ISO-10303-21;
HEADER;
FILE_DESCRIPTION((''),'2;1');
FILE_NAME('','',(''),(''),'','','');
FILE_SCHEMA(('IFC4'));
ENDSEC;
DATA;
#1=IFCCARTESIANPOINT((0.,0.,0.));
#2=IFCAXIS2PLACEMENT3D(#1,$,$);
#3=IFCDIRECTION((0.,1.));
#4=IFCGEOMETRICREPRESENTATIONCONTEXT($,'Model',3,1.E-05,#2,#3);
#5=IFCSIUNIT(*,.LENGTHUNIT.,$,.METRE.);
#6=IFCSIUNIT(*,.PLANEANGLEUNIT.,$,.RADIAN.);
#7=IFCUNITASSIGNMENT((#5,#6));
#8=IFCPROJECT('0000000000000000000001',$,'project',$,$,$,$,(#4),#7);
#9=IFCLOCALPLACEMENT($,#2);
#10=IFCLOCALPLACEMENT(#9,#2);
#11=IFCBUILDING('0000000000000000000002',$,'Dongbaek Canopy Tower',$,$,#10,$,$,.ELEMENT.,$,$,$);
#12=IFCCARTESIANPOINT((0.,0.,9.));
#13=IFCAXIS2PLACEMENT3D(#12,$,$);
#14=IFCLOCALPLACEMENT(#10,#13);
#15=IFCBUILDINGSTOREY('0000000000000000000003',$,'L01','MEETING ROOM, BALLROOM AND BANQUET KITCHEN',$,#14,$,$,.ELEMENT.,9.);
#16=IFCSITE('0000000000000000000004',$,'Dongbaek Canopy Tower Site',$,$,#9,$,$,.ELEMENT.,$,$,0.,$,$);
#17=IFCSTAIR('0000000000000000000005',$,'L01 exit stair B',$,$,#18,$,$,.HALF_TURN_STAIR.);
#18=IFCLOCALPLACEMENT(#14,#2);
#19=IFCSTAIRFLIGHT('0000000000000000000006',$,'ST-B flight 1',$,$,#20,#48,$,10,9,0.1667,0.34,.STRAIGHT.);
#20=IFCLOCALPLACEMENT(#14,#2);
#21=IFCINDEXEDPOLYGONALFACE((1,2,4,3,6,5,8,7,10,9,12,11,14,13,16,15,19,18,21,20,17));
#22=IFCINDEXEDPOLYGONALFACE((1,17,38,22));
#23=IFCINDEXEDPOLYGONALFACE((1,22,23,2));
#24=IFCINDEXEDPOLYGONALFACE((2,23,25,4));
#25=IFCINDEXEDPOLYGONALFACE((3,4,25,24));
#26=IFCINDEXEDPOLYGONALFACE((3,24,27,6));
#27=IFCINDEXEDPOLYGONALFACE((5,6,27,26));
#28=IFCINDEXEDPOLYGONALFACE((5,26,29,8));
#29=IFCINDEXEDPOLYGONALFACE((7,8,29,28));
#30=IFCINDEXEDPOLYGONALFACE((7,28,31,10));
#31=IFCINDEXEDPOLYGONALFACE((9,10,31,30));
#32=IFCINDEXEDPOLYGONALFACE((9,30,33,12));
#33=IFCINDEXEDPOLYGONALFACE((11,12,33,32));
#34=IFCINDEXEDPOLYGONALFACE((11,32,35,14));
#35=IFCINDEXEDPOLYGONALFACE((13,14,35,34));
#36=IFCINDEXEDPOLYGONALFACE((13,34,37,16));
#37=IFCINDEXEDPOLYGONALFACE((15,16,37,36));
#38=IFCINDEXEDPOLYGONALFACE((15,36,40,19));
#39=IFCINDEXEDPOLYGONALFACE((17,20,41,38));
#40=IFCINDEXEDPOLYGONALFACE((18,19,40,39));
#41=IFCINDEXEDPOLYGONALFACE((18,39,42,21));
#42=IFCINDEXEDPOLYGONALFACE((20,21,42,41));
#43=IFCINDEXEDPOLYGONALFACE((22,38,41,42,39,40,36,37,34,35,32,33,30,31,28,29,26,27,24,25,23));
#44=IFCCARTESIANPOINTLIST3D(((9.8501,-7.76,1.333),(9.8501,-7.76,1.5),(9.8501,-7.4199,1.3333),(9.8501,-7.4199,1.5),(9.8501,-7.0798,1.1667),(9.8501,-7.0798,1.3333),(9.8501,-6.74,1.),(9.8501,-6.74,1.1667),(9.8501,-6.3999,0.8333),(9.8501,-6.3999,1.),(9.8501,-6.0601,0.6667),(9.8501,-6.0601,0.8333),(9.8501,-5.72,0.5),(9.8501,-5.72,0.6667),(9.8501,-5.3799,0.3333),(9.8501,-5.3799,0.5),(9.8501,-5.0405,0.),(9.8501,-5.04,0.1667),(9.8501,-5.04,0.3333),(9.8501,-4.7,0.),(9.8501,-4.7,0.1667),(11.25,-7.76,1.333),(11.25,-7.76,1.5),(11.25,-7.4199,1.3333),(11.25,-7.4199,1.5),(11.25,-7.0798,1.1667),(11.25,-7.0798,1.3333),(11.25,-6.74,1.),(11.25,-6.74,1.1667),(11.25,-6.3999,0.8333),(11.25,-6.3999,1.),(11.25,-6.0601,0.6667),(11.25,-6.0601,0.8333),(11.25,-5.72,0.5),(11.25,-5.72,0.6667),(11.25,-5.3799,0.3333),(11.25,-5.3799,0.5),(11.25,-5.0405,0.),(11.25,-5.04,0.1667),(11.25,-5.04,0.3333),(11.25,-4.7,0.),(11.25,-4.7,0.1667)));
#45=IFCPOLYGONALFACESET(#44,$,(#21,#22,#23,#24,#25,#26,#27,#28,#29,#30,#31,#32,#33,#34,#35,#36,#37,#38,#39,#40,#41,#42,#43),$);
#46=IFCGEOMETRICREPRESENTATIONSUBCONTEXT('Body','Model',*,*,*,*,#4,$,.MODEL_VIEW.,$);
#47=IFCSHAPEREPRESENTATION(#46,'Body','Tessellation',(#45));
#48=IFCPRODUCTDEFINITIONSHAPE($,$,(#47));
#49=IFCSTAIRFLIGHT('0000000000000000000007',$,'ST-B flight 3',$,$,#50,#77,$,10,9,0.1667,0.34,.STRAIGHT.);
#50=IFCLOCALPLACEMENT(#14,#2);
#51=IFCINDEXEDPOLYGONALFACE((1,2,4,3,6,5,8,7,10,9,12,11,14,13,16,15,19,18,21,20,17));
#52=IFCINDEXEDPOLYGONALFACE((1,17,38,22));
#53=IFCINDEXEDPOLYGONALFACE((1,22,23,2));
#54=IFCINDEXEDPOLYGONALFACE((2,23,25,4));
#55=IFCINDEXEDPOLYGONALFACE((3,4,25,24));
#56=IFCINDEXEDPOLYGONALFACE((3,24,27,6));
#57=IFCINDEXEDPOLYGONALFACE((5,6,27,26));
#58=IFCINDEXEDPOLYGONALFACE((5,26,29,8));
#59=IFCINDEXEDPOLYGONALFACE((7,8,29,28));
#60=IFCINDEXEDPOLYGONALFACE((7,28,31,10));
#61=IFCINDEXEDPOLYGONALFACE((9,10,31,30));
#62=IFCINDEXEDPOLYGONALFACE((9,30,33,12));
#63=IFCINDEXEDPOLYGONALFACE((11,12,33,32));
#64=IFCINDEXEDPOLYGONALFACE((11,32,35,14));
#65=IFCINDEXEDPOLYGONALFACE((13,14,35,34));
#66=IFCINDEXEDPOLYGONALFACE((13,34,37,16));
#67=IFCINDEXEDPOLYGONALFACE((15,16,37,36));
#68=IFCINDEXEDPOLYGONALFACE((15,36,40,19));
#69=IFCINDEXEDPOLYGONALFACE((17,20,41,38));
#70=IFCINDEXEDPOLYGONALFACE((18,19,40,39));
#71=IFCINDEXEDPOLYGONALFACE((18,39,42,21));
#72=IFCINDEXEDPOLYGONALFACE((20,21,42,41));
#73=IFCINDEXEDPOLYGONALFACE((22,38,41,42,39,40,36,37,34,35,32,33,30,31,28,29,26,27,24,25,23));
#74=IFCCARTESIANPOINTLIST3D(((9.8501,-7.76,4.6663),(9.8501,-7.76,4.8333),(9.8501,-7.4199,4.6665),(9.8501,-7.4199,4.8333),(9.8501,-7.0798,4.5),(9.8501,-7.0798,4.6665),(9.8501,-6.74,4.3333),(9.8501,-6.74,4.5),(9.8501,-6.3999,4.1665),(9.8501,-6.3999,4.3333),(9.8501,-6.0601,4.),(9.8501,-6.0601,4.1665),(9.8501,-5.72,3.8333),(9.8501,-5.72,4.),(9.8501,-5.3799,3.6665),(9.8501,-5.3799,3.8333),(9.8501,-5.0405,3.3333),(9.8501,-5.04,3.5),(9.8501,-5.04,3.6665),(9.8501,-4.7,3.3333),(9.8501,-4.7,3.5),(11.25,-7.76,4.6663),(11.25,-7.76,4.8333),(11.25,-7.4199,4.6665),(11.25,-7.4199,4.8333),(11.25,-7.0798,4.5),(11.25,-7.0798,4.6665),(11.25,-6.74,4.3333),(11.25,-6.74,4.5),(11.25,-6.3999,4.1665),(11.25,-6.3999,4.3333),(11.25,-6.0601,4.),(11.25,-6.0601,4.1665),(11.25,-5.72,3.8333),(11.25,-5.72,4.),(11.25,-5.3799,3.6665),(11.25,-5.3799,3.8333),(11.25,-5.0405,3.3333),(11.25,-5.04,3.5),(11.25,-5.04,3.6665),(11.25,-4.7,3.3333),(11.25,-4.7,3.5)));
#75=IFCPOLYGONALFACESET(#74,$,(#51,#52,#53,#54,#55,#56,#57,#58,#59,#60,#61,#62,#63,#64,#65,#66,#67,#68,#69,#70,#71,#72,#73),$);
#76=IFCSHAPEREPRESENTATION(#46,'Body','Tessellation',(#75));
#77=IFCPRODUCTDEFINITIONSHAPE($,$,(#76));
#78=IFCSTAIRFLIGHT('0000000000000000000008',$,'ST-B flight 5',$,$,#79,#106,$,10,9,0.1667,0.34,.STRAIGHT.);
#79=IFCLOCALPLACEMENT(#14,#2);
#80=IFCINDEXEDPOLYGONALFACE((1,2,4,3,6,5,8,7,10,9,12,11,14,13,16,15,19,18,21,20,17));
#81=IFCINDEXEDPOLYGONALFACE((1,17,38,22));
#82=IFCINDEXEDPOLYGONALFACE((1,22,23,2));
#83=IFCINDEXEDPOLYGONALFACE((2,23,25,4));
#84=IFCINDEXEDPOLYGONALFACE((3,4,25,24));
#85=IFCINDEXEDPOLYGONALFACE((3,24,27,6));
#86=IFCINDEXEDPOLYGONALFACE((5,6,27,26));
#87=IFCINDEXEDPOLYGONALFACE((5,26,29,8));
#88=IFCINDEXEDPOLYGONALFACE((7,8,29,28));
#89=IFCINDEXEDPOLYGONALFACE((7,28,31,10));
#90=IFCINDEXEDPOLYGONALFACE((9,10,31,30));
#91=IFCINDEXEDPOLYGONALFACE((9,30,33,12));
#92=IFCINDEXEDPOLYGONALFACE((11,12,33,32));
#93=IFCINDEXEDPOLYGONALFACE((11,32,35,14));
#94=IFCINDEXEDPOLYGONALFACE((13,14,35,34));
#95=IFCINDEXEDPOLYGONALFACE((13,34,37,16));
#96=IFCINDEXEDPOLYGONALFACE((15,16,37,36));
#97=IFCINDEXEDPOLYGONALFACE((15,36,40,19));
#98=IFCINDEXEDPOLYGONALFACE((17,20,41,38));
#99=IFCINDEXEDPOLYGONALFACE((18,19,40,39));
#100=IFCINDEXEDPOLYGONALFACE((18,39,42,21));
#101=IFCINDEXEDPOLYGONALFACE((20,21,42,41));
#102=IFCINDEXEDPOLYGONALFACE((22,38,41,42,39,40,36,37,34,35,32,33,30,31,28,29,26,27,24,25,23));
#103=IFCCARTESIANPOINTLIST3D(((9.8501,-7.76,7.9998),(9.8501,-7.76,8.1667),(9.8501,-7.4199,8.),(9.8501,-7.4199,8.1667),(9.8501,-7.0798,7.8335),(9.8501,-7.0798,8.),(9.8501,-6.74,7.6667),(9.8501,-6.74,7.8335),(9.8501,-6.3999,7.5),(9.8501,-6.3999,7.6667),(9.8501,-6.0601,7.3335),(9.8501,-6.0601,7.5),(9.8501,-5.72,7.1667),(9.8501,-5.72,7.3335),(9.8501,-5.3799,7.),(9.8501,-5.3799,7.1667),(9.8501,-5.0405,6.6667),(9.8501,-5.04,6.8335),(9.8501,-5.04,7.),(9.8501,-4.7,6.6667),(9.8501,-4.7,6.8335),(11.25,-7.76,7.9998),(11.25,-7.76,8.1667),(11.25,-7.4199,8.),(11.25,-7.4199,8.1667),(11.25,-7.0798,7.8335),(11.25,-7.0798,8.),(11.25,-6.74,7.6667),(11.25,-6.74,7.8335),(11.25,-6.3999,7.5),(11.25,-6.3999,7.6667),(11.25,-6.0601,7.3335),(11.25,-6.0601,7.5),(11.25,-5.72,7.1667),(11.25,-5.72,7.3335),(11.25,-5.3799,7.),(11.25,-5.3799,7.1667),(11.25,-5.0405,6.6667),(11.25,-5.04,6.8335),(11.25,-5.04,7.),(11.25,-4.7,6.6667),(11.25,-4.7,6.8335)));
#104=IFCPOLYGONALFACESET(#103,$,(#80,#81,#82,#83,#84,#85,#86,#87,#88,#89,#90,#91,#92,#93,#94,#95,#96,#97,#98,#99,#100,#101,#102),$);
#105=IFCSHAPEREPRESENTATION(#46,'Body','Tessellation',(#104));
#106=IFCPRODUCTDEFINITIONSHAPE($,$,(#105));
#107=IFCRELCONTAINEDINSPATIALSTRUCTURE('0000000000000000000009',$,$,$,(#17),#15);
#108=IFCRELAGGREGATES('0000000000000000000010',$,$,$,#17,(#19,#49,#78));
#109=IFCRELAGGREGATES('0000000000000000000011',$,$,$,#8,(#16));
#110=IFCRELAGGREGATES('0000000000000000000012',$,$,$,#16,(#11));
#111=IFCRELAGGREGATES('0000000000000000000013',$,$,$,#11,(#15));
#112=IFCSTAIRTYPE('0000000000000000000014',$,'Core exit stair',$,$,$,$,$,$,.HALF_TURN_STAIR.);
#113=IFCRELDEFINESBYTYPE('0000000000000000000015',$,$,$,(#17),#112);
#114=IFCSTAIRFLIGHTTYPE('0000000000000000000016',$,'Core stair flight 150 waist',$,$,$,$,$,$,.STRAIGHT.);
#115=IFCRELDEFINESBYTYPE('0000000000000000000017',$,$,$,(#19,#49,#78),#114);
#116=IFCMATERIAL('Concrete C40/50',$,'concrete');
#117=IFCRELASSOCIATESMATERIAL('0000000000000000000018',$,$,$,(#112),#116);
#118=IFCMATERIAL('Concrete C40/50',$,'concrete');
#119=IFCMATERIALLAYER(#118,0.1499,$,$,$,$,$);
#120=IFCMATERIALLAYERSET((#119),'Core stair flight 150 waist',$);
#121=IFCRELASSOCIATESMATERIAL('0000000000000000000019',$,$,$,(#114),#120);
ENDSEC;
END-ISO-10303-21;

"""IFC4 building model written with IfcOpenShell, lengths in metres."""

from ifc_helpers import new_model, si_unit, direction, frame, origin, place, context, subcontext, project, spatial, polyline, outline, extrude, material, layer, layer_set, type_object, element, aggregate, save


model = new_model("IFC4")

# Units and contexts
model_context = context("Model", 3, precision=1e-05, world=origin(), true_north=direction((0.0, 1.0)))
body_context = subcontext(model_context, "Body", "Model", "MODEL_VIEW")
ifc_project = project(units=[si_unit("LENGTHUNIT", "METRE"), si_unit("PLANEANGLEUNIT", "RADIAN")], contexts=[model_context])

# Site, building, storey
site_placement = place(None, origin())
site = spatial("IfcSite", under=ifc_project, at=site_placement, Name="Dongbaek Canopy Tower Site", CompositionType="ELEMENT", RefElevation=0.0)
building_placement = place(site_placement, origin())
building = spatial("IfcBuilding", under=site, at=building_placement, Name="Dongbaek Canopy Tower", CompositionType="ELEMENT")
storey_placement = place(building_placement, frame((0.0, 0.0, 9.0)))
storey = spatial("IfcBuildingStorey", under=building, at=storey_placement, Name="L01", Description="MEETING ROOM, BALLROOM AND BANQUET KITCHEN", CompositionType="ELEMENT", Elevation=9.0)

# Stair, stair flights
ifc_material_1 = material(Name="Concrete C40/50", Category="concrete")
stair_type = type_object("IfcStairType", Name="Core exit stair", PredefinedType="HALF_TURN_STAIR", material=ifc_material_1)
stair_placement = place(storey_placement, origin())
stair = element("IfcStair", 1, at=stair_placement, inside=storey, type_object=stair_type, Name="L01 exit stair B", PredefinedType="HALF_TURN_STAIR")
ifc_material_2 = material(Name="Concrete C40/50", Category="concrete")
ifc_layer = layer(ifc_material_2, 0.1499)
ifc_layer_set = layer_set([ifc_layer], Name="Core stair flight 150 waist")
stair_flight_type = type_object("IfcStairFlightType", Name="Core stair flight 150 waist", PredefinedType="STRAIGHT", material=ifc_layer_set)
stair_flight_1_placement = place(storey_placement, frame((10.55, -4.7, 0.0), z_axis=(0.0, 0.0, 1.0), x_axis=(0.0, -1.0, 0.0)))
stair_flight_1 = element("IfcStairFlight", 2, at=stair_flight_1_placement, type_object=stair_flight_type, Name="ST-B flight 1", NumberOfRisers=10, NumberOfTreads=9, PredefinedType="STRAIGHT", RiserHeight=0.1667, TreadLength=0.34, context=body_context, shape_type="SweptSolid", body=[
    extrude(outline(polyline([(0.0, 0.0), (0.0, 0.1667), (0.3401, 0.1667), (0.3401, 0.3333), (0.6799, 0.3333), (0.6799, 0.5), (1.02, 0.5), (1.02, 0.6667), (1.3601, 0.6667), (1.3601, 0.8333), (1.7, 0.8333), (1.7, 1.0), (2.04, 1.0), (2.04, 1.1667), (2.3799, 1.1667), (2.3799, 1.3333), (2.72, 1.3333), (2.72, 1.5), (3.0601, 1.5), (3.0601, 1.6667), (3.0601, 1.333), (0.3406, 0.0), (0.0, 0.0)])), frame((0.0, 0.7, 0.0), z_axis=(0.0, -1.0, 0.0), x_axis=(1.0, 0.0, 0.0)), (0.0, 0.0, 1.0), 1.3999),
])
stair_flight_2_placement = place(storey_placement, frame((10.55, -4.7, 3.3333), z_axis=(0.0, 0.0, 1.0), x_axis=(0.0, -1.0, 0.0)))
stair_flight_2 = element("IfcStairFlight", 3, at=stair_flight_2_placement, type_object=stair_flight_type, Name="ST-B flight 3", NumberOfRisers=10, NumberOfTreads=9, PredefinedType="STRAIGHT", RiserHeight=0.1667, TreadLength=0.34, context=body_context, shape_type="SweptSolid", body=[
    extrude(outline(polyline([(0.0, 0.0), (0.0, 0.1667), (0.3401, 0.1667), (0.3401, 0.3333), (0.6799, 0.3333), (0.6799, 0.5), (1.02, 0.5), (1.02, 0.6667), (1.3601, 0.6667), (1.3601, 0.8333), (1.7, 0.8333), (1.7, 1.0), (2.04, 1.0), (2.04, 1.1667), (2.3799, 1.1667), (2.3799, 1.3333), (2.72, 1.3333), (2.72, 1.5), (3.0601, 1.5), (3.0601, 1.6667), (3.0601, 1.333), (0.3406, 0.0), (0.0, 0.0)])), frame((0.0, 0.7, 0.0), z_axis=(0.0, -1.0, 0.0), x_axis=(1.0, 0.0, 0.0)), (0.0, 0.0, 1.0), 1.3999),
])
stair_flight_3_placement = place(storey_placement, frame((10.55, -4.7, 6.6667), z_axis=(0.0, 0.0, 1.0), x_axis=(0.0, -1.0, 0.0)))
stair_flight_3 = element("IfcStairFlight", 4, at=stair_flight_3_placement, type_object=stair_flight_type, Name="ST-B flight 5", NumberOfRisers=10, NumberOfTreads=9, PredefinedType="STRAIGHT", RiserHeight=0.1667, TreadLength=0.34, context=body_context, shape_type="SweptSolid", body=[
    extrude(outline(polyline([(0.0, 0.0), (0.0, 0.1667), (0.3401, 0.1667), (0.3401, 0.3333), (0.6799, 0.3333), (0.6799, 0.5), (1.02, 0.5), (1.02, 0.6667), (1.3601, 0.6667), (1.3601, 0.8333), (1.7, 0.8333), (1.7, 1.0), (2.04, 1.0), (2.04, 1.1667), (2.3799, 1.1667), (2.3799, 1.3333), (2.72, 1.3333), (2.72, 1.5), (3.0601, 1.5), (3.0601, 1.6667), (3.0601, 1.333), (0.3406, 0.0), (0.0, 0.0)])), frame((0.0, 0.7, 0.0), z_axis=(0.0, -1.0, 0.0), x_axis=(1.0, 0.0, 0.0)), (0.0, 0.0, 1.0), 1.3999),
])
aggregate(stair, [stair_flight_1, stair_flight_2, stair_flight_3])

save(model, "model.ifc")
